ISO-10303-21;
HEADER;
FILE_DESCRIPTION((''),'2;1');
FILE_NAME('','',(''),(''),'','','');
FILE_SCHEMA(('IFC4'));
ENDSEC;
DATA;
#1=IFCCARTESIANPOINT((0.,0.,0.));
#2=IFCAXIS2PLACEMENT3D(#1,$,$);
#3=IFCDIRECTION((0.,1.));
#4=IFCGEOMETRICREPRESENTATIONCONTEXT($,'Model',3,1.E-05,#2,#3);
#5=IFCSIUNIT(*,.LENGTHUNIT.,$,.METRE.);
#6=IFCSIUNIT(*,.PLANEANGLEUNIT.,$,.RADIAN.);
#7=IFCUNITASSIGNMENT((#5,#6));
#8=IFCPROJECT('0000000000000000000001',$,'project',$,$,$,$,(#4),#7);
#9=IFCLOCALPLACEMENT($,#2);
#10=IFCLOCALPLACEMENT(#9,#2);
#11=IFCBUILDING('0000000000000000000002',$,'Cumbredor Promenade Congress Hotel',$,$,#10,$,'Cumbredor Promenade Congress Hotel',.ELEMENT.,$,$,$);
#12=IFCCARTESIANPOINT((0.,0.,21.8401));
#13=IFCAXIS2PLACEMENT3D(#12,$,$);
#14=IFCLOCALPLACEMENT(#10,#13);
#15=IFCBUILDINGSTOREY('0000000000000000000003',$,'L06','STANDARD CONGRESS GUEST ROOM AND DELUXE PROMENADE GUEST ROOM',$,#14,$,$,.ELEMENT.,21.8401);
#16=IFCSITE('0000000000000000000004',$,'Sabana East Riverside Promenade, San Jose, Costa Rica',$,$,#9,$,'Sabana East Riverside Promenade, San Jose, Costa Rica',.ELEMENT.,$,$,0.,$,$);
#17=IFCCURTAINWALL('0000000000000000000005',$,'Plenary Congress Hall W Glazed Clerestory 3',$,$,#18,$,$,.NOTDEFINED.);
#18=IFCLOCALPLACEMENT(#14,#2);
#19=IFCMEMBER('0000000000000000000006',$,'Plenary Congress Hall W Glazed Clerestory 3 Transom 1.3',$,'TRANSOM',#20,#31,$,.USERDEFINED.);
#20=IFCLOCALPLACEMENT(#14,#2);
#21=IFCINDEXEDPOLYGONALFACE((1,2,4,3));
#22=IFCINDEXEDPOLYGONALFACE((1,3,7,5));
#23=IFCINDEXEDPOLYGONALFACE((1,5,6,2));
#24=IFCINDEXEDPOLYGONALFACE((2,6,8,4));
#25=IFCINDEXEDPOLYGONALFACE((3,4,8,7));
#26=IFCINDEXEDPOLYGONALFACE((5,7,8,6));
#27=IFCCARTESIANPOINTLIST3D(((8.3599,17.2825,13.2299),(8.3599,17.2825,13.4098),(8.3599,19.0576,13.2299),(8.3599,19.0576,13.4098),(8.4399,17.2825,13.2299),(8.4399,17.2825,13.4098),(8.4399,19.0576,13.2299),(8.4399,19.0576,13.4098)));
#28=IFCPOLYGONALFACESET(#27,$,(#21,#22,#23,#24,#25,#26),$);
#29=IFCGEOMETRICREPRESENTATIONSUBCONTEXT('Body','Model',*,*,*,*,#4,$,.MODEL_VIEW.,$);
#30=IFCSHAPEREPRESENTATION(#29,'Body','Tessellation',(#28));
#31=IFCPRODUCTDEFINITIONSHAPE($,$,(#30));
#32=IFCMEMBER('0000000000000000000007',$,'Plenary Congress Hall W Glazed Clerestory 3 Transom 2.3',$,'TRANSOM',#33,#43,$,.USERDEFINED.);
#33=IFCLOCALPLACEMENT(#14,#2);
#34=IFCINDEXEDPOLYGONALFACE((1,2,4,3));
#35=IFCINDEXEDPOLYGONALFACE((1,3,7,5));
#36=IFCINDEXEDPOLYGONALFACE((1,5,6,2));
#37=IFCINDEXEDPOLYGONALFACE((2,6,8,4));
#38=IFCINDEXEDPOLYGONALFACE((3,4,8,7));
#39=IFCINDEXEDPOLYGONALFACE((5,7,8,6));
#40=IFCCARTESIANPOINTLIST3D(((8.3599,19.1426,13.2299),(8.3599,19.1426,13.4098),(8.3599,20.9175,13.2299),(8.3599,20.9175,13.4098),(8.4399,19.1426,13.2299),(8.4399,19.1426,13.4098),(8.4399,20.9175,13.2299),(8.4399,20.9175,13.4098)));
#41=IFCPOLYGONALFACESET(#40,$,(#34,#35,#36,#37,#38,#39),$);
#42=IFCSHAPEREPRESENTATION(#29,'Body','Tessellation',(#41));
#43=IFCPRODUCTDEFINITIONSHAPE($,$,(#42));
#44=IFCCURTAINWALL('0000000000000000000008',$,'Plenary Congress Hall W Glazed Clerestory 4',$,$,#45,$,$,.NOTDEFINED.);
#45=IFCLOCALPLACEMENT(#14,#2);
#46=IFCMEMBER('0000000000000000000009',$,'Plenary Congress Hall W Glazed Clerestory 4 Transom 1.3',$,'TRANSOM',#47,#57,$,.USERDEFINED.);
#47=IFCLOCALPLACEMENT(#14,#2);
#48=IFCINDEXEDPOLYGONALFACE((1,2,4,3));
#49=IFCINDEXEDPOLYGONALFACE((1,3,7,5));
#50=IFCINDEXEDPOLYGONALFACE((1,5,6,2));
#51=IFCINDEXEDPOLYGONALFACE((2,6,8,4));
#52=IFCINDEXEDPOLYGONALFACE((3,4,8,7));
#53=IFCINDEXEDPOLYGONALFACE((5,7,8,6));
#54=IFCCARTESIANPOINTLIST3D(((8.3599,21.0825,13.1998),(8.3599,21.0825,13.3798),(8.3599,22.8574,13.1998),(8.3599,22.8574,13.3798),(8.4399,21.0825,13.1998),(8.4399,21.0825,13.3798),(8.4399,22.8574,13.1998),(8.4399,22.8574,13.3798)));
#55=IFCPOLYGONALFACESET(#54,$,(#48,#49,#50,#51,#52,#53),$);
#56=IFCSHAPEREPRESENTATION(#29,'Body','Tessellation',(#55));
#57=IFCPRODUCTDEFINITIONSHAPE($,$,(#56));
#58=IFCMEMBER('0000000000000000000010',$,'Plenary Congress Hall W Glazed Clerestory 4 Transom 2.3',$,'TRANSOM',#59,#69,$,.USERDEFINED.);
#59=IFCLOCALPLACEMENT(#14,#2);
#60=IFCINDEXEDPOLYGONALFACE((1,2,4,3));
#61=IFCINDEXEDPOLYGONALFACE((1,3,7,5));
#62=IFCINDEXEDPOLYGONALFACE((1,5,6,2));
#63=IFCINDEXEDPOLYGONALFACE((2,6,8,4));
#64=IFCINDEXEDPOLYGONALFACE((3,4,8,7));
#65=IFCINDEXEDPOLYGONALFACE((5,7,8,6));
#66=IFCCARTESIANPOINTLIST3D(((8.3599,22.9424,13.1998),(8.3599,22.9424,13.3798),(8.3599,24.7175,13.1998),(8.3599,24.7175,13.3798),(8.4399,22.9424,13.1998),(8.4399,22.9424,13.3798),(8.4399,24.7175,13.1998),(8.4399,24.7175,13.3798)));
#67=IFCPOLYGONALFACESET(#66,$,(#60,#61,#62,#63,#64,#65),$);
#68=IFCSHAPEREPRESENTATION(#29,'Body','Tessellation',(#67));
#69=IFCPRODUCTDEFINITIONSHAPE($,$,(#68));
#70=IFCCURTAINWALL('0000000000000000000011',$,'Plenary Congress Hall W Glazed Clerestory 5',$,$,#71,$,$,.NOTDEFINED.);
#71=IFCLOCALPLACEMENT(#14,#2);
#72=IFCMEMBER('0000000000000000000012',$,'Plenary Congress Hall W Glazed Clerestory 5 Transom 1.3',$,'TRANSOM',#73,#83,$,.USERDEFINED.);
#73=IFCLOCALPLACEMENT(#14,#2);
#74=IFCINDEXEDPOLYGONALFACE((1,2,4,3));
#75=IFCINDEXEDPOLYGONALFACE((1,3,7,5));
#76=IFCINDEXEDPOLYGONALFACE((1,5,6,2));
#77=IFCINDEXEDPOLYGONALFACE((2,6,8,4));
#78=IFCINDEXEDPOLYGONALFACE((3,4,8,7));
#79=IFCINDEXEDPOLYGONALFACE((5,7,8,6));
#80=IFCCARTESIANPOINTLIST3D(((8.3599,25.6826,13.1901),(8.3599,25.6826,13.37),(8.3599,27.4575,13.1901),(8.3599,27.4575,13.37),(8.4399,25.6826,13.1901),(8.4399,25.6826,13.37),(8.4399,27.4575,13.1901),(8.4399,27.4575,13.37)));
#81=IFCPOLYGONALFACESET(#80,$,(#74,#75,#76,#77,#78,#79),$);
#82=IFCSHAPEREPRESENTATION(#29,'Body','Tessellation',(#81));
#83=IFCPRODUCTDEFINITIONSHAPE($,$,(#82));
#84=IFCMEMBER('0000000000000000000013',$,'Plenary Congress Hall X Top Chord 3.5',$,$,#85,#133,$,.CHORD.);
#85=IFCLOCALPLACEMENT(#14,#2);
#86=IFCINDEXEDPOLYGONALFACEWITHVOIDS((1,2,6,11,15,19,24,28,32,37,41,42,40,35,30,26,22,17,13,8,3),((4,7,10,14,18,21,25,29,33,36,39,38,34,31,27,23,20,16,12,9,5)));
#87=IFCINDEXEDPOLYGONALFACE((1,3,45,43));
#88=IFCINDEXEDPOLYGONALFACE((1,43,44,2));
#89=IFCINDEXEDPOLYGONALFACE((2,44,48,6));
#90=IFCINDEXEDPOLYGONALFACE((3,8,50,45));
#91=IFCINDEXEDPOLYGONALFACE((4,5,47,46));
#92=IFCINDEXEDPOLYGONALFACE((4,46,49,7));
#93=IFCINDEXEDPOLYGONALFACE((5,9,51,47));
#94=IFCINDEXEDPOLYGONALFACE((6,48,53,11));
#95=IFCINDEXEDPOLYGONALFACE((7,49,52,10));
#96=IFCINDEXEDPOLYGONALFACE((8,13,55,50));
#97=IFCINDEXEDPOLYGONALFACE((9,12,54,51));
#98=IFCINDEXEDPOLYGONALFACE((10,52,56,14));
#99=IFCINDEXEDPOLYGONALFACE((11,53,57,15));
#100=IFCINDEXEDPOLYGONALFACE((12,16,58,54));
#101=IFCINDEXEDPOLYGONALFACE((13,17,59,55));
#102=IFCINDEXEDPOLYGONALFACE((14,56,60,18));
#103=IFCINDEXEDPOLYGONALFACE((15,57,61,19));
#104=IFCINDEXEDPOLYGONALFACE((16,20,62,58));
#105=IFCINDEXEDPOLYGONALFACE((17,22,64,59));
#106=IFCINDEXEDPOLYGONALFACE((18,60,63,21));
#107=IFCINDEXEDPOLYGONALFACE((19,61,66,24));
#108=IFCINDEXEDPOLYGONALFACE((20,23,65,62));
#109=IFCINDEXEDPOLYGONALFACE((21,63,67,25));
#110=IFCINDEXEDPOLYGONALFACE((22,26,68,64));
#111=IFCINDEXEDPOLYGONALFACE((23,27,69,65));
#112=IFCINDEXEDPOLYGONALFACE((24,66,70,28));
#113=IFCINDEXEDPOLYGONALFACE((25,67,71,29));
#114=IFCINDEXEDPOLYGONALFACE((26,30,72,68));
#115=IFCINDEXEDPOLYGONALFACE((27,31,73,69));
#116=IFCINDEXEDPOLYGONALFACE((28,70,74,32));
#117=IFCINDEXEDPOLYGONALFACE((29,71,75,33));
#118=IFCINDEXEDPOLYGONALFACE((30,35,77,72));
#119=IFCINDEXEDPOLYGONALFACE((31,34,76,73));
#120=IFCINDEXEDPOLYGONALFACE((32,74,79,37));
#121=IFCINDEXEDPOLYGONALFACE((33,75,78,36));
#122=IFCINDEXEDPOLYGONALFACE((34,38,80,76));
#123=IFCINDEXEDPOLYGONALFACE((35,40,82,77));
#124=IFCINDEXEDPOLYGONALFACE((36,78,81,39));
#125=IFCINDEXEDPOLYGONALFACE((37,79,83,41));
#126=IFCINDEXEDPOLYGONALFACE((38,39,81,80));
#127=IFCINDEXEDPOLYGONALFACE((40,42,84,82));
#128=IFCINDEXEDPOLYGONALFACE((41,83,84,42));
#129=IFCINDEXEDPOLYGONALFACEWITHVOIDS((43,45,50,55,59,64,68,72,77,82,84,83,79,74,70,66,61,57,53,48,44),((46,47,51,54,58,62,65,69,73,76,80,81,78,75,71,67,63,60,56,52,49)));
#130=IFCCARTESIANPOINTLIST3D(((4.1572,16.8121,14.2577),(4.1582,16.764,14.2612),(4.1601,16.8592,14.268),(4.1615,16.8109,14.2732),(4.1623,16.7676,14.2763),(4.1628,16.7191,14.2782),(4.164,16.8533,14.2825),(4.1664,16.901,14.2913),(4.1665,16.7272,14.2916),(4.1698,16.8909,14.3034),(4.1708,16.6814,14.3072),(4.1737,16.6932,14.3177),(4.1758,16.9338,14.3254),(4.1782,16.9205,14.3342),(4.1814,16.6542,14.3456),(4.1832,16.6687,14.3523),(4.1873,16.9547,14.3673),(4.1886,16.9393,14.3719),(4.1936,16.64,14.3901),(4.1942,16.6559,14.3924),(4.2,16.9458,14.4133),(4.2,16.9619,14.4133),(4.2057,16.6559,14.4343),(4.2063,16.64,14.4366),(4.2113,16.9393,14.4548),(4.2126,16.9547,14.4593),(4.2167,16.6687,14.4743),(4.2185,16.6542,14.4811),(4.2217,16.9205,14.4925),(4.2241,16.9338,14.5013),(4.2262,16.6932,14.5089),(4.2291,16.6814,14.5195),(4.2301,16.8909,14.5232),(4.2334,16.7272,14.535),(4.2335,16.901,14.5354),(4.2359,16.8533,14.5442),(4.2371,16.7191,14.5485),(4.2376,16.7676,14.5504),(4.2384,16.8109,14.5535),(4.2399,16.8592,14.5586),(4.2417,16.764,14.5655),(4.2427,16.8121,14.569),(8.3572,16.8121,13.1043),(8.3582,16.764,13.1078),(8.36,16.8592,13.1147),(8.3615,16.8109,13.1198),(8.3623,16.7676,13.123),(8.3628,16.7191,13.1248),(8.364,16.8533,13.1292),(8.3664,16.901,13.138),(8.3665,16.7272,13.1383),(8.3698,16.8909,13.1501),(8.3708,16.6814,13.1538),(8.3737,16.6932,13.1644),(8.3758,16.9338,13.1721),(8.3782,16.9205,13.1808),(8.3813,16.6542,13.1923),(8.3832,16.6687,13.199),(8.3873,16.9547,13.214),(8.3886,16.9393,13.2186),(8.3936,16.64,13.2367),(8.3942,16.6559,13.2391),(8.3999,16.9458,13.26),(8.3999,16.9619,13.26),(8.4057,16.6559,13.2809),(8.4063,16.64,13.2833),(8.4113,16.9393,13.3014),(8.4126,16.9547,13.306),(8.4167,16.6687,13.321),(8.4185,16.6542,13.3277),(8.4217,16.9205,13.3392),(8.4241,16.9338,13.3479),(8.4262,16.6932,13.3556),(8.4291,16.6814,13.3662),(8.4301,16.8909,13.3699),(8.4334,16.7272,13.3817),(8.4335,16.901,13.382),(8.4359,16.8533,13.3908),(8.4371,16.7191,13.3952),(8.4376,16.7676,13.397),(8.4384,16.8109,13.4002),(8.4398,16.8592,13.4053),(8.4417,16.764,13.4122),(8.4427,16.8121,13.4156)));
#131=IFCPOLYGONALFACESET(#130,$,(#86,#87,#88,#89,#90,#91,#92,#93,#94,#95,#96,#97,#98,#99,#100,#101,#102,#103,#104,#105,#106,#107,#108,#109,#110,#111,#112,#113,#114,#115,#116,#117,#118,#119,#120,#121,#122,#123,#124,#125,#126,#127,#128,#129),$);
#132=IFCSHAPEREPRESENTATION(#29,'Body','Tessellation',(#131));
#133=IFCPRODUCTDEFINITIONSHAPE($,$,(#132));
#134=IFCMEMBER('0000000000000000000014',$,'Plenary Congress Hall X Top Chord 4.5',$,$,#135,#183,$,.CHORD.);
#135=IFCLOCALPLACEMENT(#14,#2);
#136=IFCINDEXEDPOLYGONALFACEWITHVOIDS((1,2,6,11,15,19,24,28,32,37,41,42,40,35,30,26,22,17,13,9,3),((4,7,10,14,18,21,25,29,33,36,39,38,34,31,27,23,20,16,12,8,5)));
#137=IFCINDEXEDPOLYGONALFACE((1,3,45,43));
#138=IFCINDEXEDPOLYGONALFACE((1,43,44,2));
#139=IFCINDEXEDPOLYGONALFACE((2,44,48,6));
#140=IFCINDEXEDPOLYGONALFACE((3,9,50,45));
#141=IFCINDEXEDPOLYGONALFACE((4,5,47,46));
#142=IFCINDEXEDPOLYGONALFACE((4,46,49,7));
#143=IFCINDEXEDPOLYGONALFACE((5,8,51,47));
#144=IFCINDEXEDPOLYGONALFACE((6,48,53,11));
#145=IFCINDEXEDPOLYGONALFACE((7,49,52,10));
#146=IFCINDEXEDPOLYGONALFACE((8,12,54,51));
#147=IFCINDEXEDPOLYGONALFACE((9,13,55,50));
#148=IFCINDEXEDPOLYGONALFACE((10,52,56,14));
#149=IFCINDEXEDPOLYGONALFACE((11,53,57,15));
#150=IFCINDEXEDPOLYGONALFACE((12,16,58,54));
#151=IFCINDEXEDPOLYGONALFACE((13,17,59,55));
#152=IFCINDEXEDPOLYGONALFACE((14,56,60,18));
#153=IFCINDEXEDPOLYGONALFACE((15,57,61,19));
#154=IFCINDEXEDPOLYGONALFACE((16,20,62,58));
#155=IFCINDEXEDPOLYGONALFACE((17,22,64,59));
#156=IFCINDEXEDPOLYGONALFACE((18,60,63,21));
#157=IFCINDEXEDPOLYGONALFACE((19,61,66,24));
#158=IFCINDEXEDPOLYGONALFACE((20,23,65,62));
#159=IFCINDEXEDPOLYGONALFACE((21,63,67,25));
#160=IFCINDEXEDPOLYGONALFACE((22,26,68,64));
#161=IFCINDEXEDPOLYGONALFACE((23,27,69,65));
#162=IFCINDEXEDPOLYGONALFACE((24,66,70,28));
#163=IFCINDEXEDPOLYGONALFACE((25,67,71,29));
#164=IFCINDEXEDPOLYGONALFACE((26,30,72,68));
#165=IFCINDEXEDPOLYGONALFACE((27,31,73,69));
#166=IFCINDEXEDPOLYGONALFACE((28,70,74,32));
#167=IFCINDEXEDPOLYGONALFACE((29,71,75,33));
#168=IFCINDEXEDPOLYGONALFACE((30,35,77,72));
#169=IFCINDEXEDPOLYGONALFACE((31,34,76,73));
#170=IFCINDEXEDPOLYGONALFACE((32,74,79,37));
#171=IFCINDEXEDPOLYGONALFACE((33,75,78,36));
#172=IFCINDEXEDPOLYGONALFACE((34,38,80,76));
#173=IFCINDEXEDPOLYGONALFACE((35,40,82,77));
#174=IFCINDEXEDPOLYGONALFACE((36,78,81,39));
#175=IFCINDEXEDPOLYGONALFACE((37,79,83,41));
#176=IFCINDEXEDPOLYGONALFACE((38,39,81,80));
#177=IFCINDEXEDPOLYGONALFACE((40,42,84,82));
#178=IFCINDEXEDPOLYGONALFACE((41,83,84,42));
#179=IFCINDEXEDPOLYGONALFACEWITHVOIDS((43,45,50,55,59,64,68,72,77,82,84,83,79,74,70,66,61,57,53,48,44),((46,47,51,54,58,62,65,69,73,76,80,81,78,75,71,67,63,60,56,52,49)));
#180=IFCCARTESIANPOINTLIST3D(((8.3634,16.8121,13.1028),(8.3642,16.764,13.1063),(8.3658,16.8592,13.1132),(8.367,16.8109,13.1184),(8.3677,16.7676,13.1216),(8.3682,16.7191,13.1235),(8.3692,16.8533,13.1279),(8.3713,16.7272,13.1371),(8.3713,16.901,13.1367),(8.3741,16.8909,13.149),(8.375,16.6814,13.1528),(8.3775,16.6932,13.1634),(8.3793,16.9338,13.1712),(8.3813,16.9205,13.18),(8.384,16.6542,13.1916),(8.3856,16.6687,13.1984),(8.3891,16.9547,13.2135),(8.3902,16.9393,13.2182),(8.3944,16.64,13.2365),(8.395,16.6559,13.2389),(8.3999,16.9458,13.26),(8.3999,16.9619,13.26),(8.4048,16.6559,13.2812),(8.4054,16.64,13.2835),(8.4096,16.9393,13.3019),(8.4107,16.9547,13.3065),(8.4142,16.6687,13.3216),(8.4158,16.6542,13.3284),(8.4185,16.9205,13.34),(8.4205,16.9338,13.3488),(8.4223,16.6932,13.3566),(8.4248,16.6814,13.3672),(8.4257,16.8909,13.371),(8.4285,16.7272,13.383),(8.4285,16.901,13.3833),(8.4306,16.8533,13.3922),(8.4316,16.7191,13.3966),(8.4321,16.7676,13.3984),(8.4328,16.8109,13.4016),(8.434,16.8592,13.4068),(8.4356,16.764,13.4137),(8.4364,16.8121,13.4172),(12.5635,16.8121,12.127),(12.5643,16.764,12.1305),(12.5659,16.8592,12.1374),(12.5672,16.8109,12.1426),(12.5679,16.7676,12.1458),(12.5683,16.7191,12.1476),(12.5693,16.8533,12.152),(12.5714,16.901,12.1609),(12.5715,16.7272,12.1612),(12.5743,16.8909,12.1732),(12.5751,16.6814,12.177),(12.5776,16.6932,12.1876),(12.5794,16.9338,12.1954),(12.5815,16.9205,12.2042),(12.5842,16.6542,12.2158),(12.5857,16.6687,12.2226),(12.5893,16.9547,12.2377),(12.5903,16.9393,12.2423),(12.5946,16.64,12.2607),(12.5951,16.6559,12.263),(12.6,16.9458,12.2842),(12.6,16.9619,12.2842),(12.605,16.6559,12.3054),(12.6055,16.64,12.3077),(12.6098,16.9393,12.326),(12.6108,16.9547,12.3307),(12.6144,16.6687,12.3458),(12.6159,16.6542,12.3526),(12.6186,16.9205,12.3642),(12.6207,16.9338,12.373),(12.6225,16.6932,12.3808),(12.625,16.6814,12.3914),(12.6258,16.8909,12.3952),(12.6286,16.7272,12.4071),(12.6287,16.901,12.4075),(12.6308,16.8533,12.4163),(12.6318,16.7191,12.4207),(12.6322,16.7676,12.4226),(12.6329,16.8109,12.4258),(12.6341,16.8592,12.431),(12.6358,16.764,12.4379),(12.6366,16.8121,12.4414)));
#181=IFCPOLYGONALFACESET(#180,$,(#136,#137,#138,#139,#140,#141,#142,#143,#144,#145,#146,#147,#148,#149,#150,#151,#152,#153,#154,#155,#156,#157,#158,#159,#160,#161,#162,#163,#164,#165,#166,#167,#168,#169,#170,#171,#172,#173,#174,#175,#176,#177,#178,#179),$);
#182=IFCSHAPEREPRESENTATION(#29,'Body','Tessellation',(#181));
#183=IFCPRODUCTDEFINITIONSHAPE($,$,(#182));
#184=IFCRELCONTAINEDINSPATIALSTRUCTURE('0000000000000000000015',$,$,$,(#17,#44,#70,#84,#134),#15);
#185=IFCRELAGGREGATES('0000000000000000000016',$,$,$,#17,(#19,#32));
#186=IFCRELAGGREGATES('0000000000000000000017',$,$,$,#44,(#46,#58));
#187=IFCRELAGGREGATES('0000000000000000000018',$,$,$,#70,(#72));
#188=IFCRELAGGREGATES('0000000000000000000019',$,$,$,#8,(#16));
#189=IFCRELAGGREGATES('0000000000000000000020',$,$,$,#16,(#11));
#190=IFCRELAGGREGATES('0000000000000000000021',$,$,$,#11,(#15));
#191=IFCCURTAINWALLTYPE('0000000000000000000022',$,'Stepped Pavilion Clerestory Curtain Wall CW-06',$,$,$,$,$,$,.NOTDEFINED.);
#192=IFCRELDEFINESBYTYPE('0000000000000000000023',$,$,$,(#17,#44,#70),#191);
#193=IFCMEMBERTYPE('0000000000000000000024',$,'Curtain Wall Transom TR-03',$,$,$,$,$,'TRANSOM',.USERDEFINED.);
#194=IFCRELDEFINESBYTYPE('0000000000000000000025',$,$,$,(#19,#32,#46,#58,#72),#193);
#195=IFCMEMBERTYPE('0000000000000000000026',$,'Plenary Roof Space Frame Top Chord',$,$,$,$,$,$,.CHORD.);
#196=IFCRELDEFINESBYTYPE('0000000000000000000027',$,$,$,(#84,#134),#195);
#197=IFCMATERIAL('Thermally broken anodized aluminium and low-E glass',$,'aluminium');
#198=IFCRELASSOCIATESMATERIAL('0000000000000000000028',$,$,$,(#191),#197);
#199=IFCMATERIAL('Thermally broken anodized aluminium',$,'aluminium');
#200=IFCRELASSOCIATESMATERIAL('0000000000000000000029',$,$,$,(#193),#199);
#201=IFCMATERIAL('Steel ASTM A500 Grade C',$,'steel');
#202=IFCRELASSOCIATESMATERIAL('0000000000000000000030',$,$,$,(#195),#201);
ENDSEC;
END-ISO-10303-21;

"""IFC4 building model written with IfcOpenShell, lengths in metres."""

from ifc_helpers import new_model, si_unit, direction, frame, origin, origin_2d, place, context, subcontext, project, spatial, rectangle, hollow_circle, extrude, material, material_profile, profile_set, type_object, element, aggregate, save


model = new_model("IFC4")

# Units and contexts
model_context = context("Model", 3, precision=1e-05, world=origin(), true_north=direction((0.0, 1.0)))
body_context = subcontext(model_context, "Body", "Model", "MODEL_VIEW")
ifc_project = project(units=[si_unit("LENGTHUNIT", "METRE"), si_unit("PLANEANGLEUNIT", "RADIAN")], contexts=[model_context])

# Site, building, storey
site_placement = place(None, origin())
site = spatial("IfcSite", under=ifc_project, at=site_placement, Name="Sabana East Riverside Promenade, San Jose, Costa Rica", LongName="Sabana East Riverside Promenade, San Jose, Costa Rica", CompositionType="ELEMENT", RefElevation=0.0)
building_placement = place(site_placement, origin())
building = spatial("IfcBuilding", under=site, at=building_placement, Name="Cumbredor Promenade Congress Hotel", LongName="Cumbredor Promenade Congress Hotel", CompositionType="ELEMENT")
storey_placement = place(building_placement, frame((0.0, 0.0, 21.8401)))
storey = spatial("IfcBuildingStorey", under=building, at=storey_placement, Name="L06", Description="STANDARD CONGRESS GUEST ROOM AND DELUXE PROMENADE GUEST ROOM", CompositionType="ELEMENT", Elevation=21.8401)

# Curtain walls, members
ifc_material_1 = material(Name="Thermally broken anodized aluminium and low-E glass", Category="aluminium")
curtain_wall_type = type_object("IfcCurtainWallType", Name="Stepped Pavilion Clerestory Curtain Wall CW-06", PredefinedType="NOTDEFINED", material=ifc_material_1)
curtain_wall_1_placement = place(storey_placement, origin())
curtain_wall_1 = element("IfcCurtainWall", 1, at=curtain_wall_1_placement, inside=storey, type_object=curtain_wall_type, Name="Plenary Congress Hall W Glazed Clerestory 3", PredefinedType="NOTDEFINED")
ifc_material_2 = material(Name="Thermally broken anodized aluminium", Category="aluminium")
ifc_material_profile_1 = material_profile(ifc_material_2, rectangle(XDim=0.0801, YDim=0.1799, at=origin_2d()), Name="ALU TRANSOM 80x180")
ifc_profile_set_1 = profile_set([ifc_material_profile_1], Name="Thermally broken anodized aluminium")
member_type_1 = type_object("IfcMemberType", Name="Curtain Wall Transom TR-03", ElementType="TRANSOM", PredefinedType="USERDEFINED", material=ifc_profile_set_1)
member_1_placement = place(storey_placement, frame((8.3999, 17.2825, 13.3198), z_axis=(0.0, 1.0, 0.0), x_axis=(-1.0, 0.0, 0.0)))
member_1 = element("IfcMember", 2, at=member_1_placement, type_object=member_type_1, Name="Plenary Congress Hall W Glazed Clerestory 3 Transom 1.3", ObjectType="TRANSOM", PredefinedType="USERDEFINED", context=body_context, shape_type="SweptSolid", body=[
    extrude(rectangle(XDim=0.0801, YDim=0.1799, at=origin_2d()), origin(), (0.0, 0.0, 1.0), 1.7751),
])
member_2_placement = place(storey_placement, frame((8.3999, 19.1426, 13.3198), z_axis=(0.0, 1.0, 0.0), x_axis=(-1.0, 0.0, 0.0)))
member_2 = element("IfcMember", 3, at=member_2_placement, type_object=member_type_1, Name="Plenary Congress Hall W Glazed Clerestory 3 Transom 2.3", ObjectType="TRANSOM", PredefinedType="USERDEFINED", context=body_context, shape_type="SweptSolid", body=[
    extrude(rectangle(XDim=0.0801, YDim=0.1799, at=origin_2d()), origin(), (0.0, 0.0, 1.0), 1.7749),
])
aggregate(curtain_wall_1, [member_1, member_2])
curtain_wall_2_placement = place(storey_placement, origin())
curtain_wall_2 = element("IfcCurtainWall", 4, at=curtain_wall_2_placement, inside=storey, type_object=curtain_wall_type, Name="Plenary Congress Hall W Glazed Clerestory 4", PredefinedType="NOTDEFINED")
member_3_placement = place(storey_placement, frame((8.3999, 21.0825, 13.2898), z_axis=(0.0, 1.0, 0.0), x_axis=(-1.0, 0.0, 0.0)))
member_3 = element("IfcMember", 5, at=member_3_placement, type_object=member_type_1, Name="Plenary Congress Hall W Glazed Clerestory 4 Transom 1.3", ObjectType="TRANSOM", PredefinedType="USERDEFINED", context=body_context, shape_type="SweptSolid", body=[
    extrude(rectangle(XDim=0.0801, YDim=0.1799, at=origin_2d()), origin(), (0.0, 0.0, 1.0), 1.7749),
])
member_4_placement = place(storey_placement, frame((8.3999, 22.9424, 13.2898), z_axis=(0.0, 1.0, 0.0), x_axis=(-1.0, 0.0, 0.0)))
member_4 = element("IfcMember", 6, at=member_4_placement, type_object=member_type_1, Name="Plenary Congress Hall W Glazed Clerestory 4 Transom 2.3", ObjectType="TRANSOM", PredefinedType="USERDEFINED", context=body_context, shape_type="SweptSolid", body=[
    extrude(rectangle(XDim=0.0801, YDim=0.1799, at=origin_2d()), origin(), (0.0, 0.0, 1.0), 1.7751),
])
aggregate(curtain_wall_2, [member_3, member_4])

# Curtain wall, member
curtain_wall_3_placement = place(storey_placement, origin())
curtain_wall_3 = element("IfcCurtainWall", 7, at=curtain_wall_3_placement, inside=storey, type_object=curtain_wall_type, Name="Plenary Congress Hall W Glazed Clerestory 5", PredefinedType="NOTDEFINED")
member_5_placement = place(storey_placement, frame((8.3999, 25.6826, 13.28), z_axis=(0.0, 1.0, 0.0), x_axis=(-1.0, 0.0, 0.0)))
member_5 = element("IfcMember", 8, at=member_5_placement, type_object=member_type_1, Name="Plenary Congress Hall W Glazed Clerestory 5 Transom 1.3", ObjectType="TRANSOM", PredefinedType="USERDEFINED", context=body_context, shape_type="SweptSolid", body=[
    extrude(rectangle(XDim=0.0801, YDim=0.1799, at=origin_2d()), origin(), (0.0, 0.0, 1.0), 1.7749),
])
aggregate(curtain_wall_3, [member_5])

# Members
ifc_material_3 = material(Name="Steel ASTM A500 Grade C", Category="steel")
ifc_material_profile_2 = material_profile(ifc_material_3, hollow_circle(Radius=0.1619, WallThickness=0.0161, at=origin_2d()), Name="CHS 323.9x16")
ifc_profile_set_2 = profile_set([ifc_material_profile_2], Name="Steel ASTM A500 Grade C")
member_type_2 = type_object("IfcMemberType", Name="Plenary Roof Space Frame Top Chord", PredefinedType="CHORD", material=ifc_profile_set_2)
member_6_placement = place(storey_placement, frame((4.2, 16.8, 14.4133), z_axis=(0.964303, 0.0, -0.264801), x_axis=(0.0, 1.0, 0.0)))
element("IfcMember", 9, at=member_6_placement, inside=storey, type_object=member_type_2, Name="Plenary Congress Hall X Top Chord 3.5", PredefinedType="CHORD", context=body_context, shape_type="SweptSolid", body=[
    extrude(hollow_circle(Radius=0.1619, WallThickness=0.0161, at=origin_2d()), origin(), (0.0, 0.0, 1.0), 4.3555),
])
member_7_placement = place(storey_placement, frame((8.3999, 16.8, 13.26), z_axis=(0.974057, 0.0, -0.226302), x_axis=(0.0, 1.0, 0.0)))
element("IfcMember", 10, at=member_7_placement, inside=storey, type_object=member_type_2, Name="Plenary Congress Hall X Top Chord 4.5", PredefinedType="CHORD", context=body_context, shape_type="SweptSolid", body=[
    extrude(hollow_circle(Radius=0.1619, WallThickness=0.0161, at=origin_2d()), origin(), (0.0, 0.0, 1.0), 4.312),
])

save(model, "model.ifc")
